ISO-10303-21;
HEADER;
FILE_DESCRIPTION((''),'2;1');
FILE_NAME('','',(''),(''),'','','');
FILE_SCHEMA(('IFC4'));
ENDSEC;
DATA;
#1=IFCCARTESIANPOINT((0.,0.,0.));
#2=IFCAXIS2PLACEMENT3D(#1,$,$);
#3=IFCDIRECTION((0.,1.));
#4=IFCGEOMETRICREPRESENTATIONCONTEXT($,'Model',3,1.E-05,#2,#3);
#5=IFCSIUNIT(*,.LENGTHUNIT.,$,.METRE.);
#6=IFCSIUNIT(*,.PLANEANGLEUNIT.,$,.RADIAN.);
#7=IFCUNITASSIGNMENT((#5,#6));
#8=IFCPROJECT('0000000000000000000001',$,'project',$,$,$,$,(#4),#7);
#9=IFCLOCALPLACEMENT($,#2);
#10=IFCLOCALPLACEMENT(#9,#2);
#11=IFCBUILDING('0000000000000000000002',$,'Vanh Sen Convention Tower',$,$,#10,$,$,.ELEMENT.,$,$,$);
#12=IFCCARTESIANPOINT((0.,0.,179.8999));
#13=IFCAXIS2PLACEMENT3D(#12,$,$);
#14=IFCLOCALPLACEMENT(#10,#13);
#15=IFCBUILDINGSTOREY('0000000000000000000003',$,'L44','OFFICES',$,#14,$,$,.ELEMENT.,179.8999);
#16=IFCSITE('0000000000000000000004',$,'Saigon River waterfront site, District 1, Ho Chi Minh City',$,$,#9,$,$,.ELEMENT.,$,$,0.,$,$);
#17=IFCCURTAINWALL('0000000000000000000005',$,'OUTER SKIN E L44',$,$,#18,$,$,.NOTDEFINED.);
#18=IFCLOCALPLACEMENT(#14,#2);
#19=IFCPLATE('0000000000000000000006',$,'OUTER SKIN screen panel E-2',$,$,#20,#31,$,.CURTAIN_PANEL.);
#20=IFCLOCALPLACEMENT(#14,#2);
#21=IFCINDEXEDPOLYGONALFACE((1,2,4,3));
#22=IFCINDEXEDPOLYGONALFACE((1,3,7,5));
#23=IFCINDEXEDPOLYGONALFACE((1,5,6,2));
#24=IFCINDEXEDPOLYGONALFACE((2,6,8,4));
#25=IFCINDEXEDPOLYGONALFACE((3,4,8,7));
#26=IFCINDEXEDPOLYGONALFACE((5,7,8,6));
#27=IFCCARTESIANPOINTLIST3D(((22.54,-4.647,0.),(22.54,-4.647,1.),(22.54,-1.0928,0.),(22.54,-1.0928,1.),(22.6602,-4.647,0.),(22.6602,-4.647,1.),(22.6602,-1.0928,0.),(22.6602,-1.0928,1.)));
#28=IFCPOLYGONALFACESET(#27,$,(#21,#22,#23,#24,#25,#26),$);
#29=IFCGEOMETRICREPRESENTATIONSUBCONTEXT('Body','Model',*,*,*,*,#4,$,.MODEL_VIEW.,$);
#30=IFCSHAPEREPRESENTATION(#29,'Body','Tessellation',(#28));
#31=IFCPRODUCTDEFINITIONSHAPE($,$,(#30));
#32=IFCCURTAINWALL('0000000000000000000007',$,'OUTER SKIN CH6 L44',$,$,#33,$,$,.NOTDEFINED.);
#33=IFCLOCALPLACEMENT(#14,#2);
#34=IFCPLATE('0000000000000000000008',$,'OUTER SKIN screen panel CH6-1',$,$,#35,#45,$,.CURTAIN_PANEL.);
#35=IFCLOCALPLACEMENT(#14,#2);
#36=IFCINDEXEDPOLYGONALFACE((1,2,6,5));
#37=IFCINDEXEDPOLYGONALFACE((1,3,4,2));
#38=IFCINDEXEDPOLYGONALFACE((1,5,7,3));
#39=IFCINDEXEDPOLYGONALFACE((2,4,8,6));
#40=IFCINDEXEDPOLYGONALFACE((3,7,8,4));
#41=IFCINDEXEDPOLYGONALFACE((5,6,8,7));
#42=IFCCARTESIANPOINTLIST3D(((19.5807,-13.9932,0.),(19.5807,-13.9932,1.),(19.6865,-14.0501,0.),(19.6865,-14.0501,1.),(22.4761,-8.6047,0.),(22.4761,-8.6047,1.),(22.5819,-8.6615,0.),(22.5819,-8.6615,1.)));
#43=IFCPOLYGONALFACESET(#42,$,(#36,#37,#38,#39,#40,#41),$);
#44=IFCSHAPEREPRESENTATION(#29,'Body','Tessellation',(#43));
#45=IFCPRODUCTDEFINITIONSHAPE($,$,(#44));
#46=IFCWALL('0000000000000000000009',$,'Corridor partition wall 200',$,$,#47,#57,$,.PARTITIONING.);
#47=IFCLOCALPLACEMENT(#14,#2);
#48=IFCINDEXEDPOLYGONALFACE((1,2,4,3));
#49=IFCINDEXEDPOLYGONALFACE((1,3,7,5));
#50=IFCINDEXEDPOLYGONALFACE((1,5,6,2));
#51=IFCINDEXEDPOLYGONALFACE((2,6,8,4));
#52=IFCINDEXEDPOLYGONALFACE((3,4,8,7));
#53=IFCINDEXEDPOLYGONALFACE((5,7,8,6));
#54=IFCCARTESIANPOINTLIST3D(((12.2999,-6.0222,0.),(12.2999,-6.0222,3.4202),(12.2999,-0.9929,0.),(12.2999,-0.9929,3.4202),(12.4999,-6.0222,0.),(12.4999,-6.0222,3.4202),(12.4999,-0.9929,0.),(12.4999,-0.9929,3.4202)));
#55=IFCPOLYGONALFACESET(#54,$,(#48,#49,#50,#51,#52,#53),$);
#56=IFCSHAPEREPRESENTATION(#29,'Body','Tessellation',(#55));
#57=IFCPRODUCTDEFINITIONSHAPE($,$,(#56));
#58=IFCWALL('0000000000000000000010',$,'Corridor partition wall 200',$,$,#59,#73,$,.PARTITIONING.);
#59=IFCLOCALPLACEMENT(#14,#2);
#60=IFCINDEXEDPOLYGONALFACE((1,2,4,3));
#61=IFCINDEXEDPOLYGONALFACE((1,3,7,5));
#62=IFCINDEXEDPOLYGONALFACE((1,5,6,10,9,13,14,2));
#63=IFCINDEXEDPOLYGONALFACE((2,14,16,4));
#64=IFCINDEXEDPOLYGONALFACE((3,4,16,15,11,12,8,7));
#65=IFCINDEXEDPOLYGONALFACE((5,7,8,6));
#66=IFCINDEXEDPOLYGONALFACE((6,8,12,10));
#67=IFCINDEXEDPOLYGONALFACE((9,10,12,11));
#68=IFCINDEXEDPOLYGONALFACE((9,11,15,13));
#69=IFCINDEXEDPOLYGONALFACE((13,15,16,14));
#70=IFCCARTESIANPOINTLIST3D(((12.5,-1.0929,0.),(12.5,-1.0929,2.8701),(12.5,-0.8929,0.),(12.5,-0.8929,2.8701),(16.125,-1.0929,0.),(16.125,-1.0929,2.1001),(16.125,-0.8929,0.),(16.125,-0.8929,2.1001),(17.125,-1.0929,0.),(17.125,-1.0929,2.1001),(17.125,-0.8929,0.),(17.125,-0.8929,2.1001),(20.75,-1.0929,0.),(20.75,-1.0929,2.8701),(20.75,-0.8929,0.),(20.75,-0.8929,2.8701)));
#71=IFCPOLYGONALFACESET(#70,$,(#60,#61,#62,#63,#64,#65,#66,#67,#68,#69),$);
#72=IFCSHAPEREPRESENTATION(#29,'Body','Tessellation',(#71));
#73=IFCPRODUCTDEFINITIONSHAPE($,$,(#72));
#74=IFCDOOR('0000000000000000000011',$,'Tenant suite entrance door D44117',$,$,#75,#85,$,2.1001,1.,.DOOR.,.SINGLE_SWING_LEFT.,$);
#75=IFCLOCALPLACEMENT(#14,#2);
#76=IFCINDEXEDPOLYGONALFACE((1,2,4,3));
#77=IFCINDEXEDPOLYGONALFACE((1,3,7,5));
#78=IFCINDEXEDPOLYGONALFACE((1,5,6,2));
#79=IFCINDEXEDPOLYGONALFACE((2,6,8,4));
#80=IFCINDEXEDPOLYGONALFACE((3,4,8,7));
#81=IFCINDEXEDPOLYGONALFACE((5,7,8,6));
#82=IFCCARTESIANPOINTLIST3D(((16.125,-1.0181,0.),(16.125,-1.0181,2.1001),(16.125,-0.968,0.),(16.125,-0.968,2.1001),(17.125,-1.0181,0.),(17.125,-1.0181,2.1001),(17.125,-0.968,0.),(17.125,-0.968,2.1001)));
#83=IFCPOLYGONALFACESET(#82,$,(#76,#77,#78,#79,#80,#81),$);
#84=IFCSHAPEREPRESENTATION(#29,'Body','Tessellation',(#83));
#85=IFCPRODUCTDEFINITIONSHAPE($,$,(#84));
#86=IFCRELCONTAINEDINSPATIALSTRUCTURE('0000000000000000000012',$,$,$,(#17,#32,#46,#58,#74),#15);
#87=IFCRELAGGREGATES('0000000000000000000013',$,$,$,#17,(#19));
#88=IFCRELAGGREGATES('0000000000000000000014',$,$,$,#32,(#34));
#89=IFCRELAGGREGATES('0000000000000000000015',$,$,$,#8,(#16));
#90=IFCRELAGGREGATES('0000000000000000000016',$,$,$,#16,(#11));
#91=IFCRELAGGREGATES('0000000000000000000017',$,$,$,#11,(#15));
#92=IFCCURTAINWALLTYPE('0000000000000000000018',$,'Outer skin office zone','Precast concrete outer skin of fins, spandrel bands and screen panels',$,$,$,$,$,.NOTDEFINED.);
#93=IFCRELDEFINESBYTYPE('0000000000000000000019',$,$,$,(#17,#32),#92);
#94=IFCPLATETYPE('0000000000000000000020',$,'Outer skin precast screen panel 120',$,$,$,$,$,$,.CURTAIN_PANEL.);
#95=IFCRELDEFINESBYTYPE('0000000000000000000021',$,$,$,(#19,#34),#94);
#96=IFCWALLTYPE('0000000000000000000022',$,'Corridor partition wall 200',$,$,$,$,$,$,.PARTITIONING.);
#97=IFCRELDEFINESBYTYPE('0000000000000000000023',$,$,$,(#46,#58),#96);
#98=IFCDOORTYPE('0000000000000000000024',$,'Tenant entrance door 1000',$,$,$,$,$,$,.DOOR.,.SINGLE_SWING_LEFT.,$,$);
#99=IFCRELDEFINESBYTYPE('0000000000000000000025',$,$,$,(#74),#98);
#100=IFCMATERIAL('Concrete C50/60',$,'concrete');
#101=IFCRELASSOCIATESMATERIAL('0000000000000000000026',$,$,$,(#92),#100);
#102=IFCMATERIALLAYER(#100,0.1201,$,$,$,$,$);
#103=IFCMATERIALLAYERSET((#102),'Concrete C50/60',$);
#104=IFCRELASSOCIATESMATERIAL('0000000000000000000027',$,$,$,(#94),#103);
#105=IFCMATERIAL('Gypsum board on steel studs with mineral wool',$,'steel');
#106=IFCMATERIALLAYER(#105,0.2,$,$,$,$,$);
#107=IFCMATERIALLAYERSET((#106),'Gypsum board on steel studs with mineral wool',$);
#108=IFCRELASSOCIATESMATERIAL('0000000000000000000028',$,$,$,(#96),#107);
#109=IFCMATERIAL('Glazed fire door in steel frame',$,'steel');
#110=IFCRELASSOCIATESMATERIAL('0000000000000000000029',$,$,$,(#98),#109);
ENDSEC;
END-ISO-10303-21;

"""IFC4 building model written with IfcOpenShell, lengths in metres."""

from ifc_helpers import new_model, si_unit, direction, frame, frame_2d, origin, origin_2d, place, context, subcontext, project, spatial, rectangle, extrude, material, layer, layer_set, type_object, element, fill, aggregate, save


model = new_model("IFC4")

# Units and contexts
model_context = context("Model", 3, precision=1e-05, world=origin(), true_north=direction((0.0, 1.0)))
body_context = subcontext(model_context, "Body", "Model", "MODEL_VIEW")
ifc_project = project(units=[si_unit("LENGTHUNIT", "METRE"), si_unit("PLANEANGLEUNIT", "RADIAN")], contexts=[model_context])

# Site, building, storey
site_placement = place(None, origin())
site = spatial("IfcSite", under=ifc_project, at=site_placement, Name="Saigon River waterfront site, District 1, Ho Chi Minh City", CompositionType="ELEMENT", RefElevation=0.0)
building_placement = place(site_placement, origin())
building = spatial("IfcBuilding", under=site, at=building_placement, Name="Vanh Sen Convention Tower", CompositionType="ELEMENT")
storey_placement = place(building_placement, frame((0.0, 0.0, 179.8999)))
storey = spatial("IfcBuildingStorey", under=building, at=storey_placement, Name="L44", Description="OFFICES", CompositionType="ELEMENT", Elevation=179.8999)

# Curtain wall
ifc_material_1 = material(Name="Concrete C50/60", Category="concrete")
curtain_wall_type = type_object("IfcCurtainWallType", Name="Outer skin office zone", Description="Precast concrete outer skin of fins, spandrel bands and screen panels", PredefinedType="NOTDEFINED", material=ifc_material_1)
curtain_wall_1_placement = place(storey_placement, origin())
curtain_wall_1 = element("IfcCurtainWall", 1, at=curtain_wall_1_placement, inside=storey, type_object=curtain_wall_type, Name="OUTER SKIN E L44", PredefinedType="NOTDEFINED")

# Plate
ifc_layer_1 = layer(ifc_material_1, 0.1201)
ifc_layer_set_1 = layer_set([ifc_layer_1], Name="Concrete C50/60")
plate_type = type_object("IfcPlateType", Name="Outer skin precast screen panel 120", PredefinedType="CURTAIN_PANEL", material=ifc_layer_set_1)
plate_1_placement = place(storey_placement, frame((22.6001, -2.8699, 0.0), z_axis=(0.0, 0.0, 1.0), x_axis=(0.0, 1.0, 0.0)))
plate_1 = element("IfcPlate", 2, at=plate_1_placement, type_object=plate_type, Name="OUTER SKIN screen panel E-2", PredefinedType="CURTAIN_PANEL", context=body_context, shape_type="SweptSolid", body=[
    extrude(rectangle(XDim=3.5542, YDim=0.1201, at=origin_2d()), origin(), (0.0, 0.0, 1.0), 1.0),
])
aggregate(curtain_wall_1, [plate_1])

# Curtain wall, plate
curtain_wall_2_placement = place(storey_placement, origin())
curtain_wall_2 = element("IfcCurtainWall", 3, at=curtain_wall_2_placement, inside=storey, type_object=curtain_wall_type, Name="OUTER SKIN CH6 L44", PredefinedType="NOTDEFINED")
plate_2_placement = place(storey_placement, frame((21.0813, -11.3274, 0.0), z_axis=(0.0, 0.0, 1.0), x_axis=(0.473321, 0.88089, 0.0)))
plate_2 = element("IfcPlate", 4, at=plate_2_placement, type_object=plate_type, Name="OUTER SKIN screen panel CH6-1", PredefinedType="CURTAIN_PANEL", context=body_context, shape_type="SweptSolid", body=[
    extrude(rectangle(XDim=6.1172, YDim=0.1201, at=origin_2d()), origin(), (0.0, 0.0, 1.0), 1.0),
])
aggregate(curtain_wall_2, [plate_2])

# Wall
ifc_material_2 = material(Name="Gypsum board on steel studs with mineral wool", Category="steel")
ifc_layer_2 = layer(ifc_material_2, 0.2)
ifc_layer_set_2 = layer_set([ifc_layer_2], Name="Gypsum board on steel studs with mineral wool")
wall_type_1 = type_object("IfcWallType", Name="Corridor partition wall 200", PredefinedType="PARTITIONING", material=ifc_layer_set_2)
wall_1_placement = place(storey_placement, frame((12.3999, -6.0222, 0.0), z_axis=(0.0, 0.0, 1.0), x_axis=(0.0, 1.0, 0.0)))
element("IfcWall", 5, at=wall_1_placement, inside=storey, type_object=wall_type_1, Name="Corridor partition wall 200", PredefinedType="PARTITIONING", context=body_context, shape_type="SweptSolid", body=[
    extrude(rectangle(XDim=5.0293, YDim=0.2, at=frame_2d((2.5146, 0.0))), origin(), (0.0, 0.0, 1.0), 3.4202),
])

# Wall, opening, door
wall_2_placement = place(storey_placement, frame((12.5, -0.9929, 0.0), z_axis=(0.0, 0.0, 1.0), x_axis=(1.0, 0.0, 0.0)))
wall_2 = element("IfcWall", 6, at=wall_2_placement, inside=storey, type_object=wall_type_1, Name="Corridor partition wall 200", PredefinedType="PARTITIONING", context=body_context, shape_type="SweptSolid", body=[
    extrude(rectangle(XDim=8.25, YDim=0.2, at=frame_2d((4.125, 0.0))), origin(), (0.0, 0.0, 1.0), 2.8701),
])
opening_1_placement = place(wall_2_placement, frame((3.625, 0.0, 0.0)))
opening_1 = element("IfcOpeningElement", 7, at=opening_1_placement, cuts=wall_2, PredefinedType="OPENING", context=body_context, shape_type="SweptSolid", body=[
    extrude(rectangle(XDim=1.0, YDim=2.1001, at=frame_2d((0.5, 1.05))), frame((0.0, 0.1099, 0.0), z_axis=(0.0, -1.0, 0.0), x_axis=(1.0, 0.0, 0.0)), (0.0, 0.0, 1.0), 0.22),
])
ifc_material_3 = material(Name="Glazed fire door in steel frame", Category="steel")
door_type = type_object("IfcDoorType", Name="Tenant entrance door 1000", OperationType="SINGLE_SWING_LEFT", PredefinedType="DOOR", material=ifc_material_3)
door_placement = place(opening_1_placement, origin())
door = element("IfcDoor", 8, at=door_placement, inside=storey, type_object=door_type, Name="Tenant suite entrance door D44117", OperationType="SINGLE_SWING_LEFT", OverallHeight=2.1001, OverallWidth=1.0, PredefinedType="DOOR", context=body_context, shape_type="SweptSolid", body=[
    extrude(rectangle(XDim=1.0, YDim=2.1001, at=frame_2d((0.5, 1.05))), frame((0.0, 0.0249, 0.0), z_axis=(0.0, -1.0, 0.0), x_axis=(1.0, 0.0, 0.0)), (0.0, 0.0, 1.0), 0.05),
])
fill(opening_1, door)

save(model, "model.ifc")
